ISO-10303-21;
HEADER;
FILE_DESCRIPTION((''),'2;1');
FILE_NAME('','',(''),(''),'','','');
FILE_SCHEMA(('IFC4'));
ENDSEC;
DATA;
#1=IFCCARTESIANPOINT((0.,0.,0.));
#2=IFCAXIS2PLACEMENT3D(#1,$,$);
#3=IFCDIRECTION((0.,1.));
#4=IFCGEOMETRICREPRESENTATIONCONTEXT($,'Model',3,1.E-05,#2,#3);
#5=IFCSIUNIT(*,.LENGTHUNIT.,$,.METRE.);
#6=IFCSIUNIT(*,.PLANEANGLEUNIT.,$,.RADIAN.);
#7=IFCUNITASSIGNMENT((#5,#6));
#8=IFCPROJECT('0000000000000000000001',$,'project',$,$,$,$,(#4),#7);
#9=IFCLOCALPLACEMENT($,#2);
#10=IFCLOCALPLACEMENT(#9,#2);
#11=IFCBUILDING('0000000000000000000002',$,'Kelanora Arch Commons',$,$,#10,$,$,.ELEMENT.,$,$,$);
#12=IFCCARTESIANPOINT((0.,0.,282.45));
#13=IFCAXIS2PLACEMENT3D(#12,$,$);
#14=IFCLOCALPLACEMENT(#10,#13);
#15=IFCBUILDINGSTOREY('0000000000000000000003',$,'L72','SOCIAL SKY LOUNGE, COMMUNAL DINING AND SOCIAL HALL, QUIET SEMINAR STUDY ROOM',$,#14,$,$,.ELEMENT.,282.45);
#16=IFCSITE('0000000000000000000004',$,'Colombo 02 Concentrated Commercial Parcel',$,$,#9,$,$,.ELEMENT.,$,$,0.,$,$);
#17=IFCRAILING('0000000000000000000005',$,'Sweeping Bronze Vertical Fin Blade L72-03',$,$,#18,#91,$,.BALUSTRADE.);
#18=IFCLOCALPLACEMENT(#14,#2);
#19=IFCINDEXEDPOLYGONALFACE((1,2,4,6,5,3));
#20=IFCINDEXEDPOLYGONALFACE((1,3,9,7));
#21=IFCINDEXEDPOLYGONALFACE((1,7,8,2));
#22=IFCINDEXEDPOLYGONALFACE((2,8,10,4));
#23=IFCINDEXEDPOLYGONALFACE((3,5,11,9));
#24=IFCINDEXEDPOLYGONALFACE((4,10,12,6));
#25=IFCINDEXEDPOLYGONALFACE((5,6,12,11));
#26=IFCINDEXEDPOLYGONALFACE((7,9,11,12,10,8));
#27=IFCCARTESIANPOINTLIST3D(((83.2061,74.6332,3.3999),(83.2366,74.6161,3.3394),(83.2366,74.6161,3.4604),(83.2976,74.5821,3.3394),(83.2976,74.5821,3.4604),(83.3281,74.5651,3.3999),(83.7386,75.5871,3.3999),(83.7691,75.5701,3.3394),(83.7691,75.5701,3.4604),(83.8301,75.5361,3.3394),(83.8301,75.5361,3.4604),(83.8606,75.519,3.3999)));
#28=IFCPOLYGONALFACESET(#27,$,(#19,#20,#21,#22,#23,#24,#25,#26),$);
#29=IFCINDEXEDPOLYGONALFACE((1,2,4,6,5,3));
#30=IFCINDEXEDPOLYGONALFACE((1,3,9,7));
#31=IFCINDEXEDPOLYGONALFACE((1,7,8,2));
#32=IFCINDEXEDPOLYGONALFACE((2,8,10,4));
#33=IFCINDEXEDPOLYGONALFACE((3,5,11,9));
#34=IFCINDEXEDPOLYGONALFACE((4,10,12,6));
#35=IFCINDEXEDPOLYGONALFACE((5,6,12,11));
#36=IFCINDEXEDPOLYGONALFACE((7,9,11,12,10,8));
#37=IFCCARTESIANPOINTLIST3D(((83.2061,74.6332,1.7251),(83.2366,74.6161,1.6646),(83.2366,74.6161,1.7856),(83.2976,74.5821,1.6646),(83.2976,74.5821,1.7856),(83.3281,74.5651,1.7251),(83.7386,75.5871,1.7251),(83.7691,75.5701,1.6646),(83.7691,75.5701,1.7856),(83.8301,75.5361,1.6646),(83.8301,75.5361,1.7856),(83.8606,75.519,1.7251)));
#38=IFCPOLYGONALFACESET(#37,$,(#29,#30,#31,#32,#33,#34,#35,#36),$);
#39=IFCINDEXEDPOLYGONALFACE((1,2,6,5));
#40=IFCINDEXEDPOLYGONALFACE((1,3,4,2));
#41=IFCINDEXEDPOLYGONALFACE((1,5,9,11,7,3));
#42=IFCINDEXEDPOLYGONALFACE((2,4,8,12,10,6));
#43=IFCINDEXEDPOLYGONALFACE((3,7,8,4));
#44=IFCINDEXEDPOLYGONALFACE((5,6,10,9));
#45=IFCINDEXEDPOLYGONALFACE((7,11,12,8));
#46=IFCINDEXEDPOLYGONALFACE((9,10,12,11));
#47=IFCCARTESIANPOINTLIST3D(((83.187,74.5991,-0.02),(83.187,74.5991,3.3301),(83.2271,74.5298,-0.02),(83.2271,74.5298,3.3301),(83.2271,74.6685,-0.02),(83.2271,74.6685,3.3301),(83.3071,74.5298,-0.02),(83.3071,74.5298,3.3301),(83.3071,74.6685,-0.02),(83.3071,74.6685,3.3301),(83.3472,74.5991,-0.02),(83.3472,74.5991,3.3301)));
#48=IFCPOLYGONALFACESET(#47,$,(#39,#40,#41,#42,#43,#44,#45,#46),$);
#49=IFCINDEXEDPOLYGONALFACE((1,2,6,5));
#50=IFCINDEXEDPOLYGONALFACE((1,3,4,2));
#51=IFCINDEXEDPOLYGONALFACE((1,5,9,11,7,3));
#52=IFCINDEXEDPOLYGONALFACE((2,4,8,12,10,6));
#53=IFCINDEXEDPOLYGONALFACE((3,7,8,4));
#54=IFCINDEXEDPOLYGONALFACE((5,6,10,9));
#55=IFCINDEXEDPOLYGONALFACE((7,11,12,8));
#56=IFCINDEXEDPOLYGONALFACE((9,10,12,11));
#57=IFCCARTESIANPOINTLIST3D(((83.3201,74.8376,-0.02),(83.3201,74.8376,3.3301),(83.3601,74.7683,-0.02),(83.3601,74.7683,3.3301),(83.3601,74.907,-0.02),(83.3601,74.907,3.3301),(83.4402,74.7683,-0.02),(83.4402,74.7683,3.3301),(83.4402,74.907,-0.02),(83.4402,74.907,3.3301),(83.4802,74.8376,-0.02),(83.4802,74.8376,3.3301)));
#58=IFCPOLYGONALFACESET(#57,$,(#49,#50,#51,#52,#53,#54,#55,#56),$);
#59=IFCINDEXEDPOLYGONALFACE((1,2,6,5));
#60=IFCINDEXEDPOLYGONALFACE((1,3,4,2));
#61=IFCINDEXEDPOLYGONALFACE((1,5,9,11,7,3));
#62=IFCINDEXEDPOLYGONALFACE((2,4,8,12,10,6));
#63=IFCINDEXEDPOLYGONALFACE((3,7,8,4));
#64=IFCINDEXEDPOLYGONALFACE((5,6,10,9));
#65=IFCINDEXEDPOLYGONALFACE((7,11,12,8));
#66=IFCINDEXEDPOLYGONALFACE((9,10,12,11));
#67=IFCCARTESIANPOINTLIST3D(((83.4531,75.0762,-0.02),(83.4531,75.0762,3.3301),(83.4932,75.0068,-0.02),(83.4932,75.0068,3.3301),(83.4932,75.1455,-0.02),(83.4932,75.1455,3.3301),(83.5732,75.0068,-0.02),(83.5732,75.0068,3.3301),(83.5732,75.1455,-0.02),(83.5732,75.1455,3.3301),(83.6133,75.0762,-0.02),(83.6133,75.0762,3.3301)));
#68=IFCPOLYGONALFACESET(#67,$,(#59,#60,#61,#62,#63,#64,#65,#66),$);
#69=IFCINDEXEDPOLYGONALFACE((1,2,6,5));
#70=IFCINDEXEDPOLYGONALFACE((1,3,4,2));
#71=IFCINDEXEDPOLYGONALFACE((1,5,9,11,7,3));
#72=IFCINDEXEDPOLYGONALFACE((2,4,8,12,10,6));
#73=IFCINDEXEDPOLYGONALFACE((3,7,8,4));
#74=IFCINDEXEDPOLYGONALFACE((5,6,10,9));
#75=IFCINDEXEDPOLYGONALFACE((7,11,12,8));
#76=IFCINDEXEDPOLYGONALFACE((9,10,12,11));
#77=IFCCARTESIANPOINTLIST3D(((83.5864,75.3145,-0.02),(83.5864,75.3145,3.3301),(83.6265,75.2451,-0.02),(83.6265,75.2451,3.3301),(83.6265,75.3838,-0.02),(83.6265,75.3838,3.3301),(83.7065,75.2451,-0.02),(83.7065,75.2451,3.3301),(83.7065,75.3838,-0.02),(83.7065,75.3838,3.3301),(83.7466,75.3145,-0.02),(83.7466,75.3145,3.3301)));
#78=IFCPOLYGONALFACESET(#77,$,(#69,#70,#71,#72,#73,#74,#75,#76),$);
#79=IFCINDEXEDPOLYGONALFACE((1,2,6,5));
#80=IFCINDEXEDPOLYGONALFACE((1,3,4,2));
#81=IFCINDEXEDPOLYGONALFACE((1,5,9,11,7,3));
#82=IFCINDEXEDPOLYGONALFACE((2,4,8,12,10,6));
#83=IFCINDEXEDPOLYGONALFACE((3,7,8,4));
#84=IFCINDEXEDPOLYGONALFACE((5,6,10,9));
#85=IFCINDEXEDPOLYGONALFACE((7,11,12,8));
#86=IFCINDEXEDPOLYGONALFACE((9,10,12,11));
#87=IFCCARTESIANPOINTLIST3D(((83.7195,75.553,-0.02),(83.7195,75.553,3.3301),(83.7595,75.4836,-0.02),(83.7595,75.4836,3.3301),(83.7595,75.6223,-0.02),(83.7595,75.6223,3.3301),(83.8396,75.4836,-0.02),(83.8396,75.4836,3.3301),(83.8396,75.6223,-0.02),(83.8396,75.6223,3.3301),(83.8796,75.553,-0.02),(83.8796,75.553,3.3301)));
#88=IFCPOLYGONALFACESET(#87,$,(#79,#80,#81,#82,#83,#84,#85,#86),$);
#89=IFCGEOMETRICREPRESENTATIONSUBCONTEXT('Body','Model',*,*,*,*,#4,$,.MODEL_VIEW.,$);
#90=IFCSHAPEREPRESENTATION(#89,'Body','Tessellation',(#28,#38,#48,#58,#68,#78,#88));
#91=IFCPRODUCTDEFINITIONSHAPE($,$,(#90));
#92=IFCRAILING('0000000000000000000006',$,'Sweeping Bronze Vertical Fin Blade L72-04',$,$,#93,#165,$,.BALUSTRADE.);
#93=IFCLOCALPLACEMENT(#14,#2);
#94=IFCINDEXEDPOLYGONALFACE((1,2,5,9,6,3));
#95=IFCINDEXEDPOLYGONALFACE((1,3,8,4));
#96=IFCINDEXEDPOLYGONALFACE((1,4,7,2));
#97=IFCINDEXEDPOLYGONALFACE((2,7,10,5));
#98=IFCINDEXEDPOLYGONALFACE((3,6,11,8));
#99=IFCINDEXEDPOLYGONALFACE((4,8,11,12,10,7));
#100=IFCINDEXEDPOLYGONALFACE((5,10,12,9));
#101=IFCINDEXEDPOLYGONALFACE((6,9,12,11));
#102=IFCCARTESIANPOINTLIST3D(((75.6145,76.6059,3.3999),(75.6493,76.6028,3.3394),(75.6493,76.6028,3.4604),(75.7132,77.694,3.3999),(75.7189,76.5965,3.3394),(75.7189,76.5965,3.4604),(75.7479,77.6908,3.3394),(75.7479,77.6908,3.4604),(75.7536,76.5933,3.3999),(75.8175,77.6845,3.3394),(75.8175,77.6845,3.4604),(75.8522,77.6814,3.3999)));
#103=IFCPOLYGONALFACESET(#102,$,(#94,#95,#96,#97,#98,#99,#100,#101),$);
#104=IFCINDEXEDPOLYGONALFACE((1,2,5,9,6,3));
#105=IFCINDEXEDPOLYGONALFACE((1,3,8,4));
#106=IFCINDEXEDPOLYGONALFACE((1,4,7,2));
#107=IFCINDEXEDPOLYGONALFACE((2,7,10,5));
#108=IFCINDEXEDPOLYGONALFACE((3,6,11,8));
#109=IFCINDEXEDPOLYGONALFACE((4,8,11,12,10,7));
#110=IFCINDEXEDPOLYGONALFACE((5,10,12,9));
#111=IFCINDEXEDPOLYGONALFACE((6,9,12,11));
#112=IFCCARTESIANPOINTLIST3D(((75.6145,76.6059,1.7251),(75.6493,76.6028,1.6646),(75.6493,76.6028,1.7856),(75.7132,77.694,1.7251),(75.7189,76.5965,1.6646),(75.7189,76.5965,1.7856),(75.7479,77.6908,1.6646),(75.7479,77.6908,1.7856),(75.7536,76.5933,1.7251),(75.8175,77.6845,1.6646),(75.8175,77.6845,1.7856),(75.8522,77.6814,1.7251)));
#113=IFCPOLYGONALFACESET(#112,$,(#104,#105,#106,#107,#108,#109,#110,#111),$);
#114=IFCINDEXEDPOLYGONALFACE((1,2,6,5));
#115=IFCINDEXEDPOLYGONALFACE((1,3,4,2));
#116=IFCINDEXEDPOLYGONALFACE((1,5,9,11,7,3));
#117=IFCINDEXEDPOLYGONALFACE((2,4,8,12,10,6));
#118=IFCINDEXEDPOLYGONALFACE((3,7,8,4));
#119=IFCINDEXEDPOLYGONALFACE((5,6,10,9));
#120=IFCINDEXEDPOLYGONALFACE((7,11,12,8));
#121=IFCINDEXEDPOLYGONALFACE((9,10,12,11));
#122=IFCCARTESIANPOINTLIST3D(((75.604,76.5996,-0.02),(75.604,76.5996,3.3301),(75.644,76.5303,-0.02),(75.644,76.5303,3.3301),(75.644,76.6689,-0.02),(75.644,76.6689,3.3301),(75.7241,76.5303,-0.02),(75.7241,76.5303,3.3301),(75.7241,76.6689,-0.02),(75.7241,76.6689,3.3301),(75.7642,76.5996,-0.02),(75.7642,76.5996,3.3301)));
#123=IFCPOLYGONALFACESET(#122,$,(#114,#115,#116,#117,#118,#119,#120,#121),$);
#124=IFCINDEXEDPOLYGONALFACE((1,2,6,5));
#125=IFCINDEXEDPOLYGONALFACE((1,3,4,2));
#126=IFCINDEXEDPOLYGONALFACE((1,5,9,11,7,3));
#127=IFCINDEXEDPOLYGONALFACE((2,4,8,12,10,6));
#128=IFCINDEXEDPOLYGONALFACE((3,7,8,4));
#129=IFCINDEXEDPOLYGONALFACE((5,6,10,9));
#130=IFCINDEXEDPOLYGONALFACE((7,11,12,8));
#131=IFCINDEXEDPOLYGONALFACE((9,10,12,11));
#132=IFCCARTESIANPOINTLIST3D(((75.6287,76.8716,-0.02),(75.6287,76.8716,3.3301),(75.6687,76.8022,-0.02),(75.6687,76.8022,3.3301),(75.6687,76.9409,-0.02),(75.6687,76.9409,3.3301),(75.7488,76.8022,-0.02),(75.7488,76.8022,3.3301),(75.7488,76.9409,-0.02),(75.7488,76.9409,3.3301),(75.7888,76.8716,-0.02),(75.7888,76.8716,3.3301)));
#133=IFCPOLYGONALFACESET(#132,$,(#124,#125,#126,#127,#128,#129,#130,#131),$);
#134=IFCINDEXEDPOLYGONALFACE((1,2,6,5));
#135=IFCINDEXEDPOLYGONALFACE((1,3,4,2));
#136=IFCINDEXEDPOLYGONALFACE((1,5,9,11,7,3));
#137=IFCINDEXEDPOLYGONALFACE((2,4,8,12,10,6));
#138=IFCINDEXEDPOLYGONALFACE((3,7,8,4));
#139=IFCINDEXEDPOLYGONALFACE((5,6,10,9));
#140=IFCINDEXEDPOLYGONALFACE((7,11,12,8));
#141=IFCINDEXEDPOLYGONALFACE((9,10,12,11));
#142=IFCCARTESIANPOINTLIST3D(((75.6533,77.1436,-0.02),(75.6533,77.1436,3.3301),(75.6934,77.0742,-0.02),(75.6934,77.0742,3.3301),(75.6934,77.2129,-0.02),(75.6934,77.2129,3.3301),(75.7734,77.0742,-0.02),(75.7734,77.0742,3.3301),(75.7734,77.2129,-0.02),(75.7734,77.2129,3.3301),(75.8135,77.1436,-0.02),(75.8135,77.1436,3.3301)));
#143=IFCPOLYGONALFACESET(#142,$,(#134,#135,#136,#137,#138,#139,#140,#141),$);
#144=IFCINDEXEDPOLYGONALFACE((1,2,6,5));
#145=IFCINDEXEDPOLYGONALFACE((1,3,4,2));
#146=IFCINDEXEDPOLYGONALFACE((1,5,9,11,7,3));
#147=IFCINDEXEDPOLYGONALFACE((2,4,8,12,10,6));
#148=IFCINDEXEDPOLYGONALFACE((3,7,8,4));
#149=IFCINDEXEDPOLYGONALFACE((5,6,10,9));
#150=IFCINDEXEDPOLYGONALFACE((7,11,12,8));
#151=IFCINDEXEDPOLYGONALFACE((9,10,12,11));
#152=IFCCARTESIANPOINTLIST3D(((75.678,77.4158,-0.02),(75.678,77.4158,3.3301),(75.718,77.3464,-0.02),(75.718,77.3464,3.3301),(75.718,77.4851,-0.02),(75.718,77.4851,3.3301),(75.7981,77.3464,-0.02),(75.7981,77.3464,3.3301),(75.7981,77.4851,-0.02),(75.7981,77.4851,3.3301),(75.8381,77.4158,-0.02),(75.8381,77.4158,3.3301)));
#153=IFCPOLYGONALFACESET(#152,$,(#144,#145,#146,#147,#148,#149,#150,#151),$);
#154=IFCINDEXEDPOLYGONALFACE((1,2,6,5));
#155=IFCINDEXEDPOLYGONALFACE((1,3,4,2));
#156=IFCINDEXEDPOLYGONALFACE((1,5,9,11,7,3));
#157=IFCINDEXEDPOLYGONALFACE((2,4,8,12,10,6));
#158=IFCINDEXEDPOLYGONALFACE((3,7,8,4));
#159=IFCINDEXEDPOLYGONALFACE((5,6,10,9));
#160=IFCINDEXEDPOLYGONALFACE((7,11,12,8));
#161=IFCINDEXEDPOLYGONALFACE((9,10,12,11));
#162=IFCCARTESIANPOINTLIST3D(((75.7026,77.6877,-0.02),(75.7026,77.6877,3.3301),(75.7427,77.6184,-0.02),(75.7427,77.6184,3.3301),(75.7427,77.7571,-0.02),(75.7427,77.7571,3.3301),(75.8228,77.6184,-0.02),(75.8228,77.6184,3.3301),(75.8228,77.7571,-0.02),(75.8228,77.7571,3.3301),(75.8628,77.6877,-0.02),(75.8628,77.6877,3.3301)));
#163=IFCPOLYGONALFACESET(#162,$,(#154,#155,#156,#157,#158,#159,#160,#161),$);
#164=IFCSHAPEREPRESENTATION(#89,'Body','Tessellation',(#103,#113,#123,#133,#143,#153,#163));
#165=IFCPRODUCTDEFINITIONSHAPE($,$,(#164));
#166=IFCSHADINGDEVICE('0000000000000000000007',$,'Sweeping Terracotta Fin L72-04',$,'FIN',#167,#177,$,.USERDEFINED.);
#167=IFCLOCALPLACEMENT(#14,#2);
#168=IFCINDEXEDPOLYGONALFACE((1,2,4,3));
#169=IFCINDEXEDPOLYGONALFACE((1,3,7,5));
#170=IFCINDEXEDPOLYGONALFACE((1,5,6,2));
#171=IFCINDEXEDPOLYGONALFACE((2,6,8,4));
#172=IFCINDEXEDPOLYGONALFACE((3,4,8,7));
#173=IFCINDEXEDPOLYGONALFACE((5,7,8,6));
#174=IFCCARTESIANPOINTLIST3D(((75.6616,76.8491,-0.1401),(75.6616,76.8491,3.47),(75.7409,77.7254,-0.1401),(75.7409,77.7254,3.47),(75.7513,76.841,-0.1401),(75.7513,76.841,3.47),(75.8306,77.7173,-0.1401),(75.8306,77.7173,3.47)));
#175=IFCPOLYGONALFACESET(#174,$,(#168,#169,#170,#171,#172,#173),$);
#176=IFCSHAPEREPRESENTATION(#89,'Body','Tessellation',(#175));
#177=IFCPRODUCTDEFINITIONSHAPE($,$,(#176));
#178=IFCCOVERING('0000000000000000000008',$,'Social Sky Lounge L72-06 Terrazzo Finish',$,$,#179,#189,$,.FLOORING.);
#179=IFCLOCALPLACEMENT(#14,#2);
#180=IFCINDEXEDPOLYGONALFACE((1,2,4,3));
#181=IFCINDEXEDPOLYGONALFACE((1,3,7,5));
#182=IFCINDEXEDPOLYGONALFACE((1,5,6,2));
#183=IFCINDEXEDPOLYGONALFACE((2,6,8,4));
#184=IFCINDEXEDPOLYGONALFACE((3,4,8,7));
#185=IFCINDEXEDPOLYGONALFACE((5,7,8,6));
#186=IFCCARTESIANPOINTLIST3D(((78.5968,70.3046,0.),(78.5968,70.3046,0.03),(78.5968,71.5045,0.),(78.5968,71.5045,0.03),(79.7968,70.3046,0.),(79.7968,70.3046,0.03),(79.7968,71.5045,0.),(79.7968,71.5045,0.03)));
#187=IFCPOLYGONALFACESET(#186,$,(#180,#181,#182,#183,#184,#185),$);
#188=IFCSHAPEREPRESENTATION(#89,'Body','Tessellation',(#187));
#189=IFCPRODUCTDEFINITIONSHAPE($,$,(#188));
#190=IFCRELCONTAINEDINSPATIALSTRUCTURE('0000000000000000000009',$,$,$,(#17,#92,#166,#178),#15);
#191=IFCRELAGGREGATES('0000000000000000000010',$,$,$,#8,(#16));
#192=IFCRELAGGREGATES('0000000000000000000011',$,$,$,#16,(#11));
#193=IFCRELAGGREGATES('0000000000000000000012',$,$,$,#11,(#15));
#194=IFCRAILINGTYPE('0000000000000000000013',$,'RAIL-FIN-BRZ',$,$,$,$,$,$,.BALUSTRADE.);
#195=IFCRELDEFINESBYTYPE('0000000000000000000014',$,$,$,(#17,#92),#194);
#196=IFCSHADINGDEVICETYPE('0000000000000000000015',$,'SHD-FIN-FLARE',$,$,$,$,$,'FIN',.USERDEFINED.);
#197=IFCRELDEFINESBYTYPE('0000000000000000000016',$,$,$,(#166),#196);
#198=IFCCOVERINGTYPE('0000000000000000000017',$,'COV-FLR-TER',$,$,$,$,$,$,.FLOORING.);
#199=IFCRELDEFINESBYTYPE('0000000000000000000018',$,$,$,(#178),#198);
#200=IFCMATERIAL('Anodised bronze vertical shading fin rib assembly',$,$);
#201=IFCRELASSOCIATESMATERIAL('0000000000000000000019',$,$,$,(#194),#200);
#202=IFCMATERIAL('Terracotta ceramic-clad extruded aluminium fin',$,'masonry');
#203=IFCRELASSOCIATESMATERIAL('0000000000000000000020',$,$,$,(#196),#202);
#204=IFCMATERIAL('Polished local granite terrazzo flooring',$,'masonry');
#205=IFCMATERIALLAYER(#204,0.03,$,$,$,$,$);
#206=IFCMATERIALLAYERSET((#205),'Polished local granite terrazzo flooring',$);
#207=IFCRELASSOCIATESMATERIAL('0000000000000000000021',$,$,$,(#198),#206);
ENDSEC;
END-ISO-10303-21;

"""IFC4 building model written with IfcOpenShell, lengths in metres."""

from ifc_helpers import new_model, si_unit, direction, frame, origin, origin_2d, place, context, subcontext, project, spatial, polyline, rectangle, outline, extrude, source, transform, mapped, material, layer, layer_set, type_object, element, save


model = new_model("IFC4")

# Units and contexts
model_context = context("Model", 3, precision=1e-05, world=origin(), true_north=direction((0.0, 1.0)))
body_context = subcontext(model_context, "Body", "Model", "MODEL_VIEW")
ifc_project = project(units=[si_unit("LENGTHUNIT", "METRE"), si_unit("PLANEANGLEUNIT", "RADIAN")], contexts=[model_context])

# Site, building, storey
site_placement = place(None, origin())
site = spatial("IfcSite", under=ifc_project, at=site_placement, Name="Colombo 02 Concentrated Commercial Parcel", CompositionType="ELEMENT", RefElevation=0.0)
building_placement = place(site_placement, origin())
building = spatial("IfcBuilding", under=site, at=building_placement, Name="Kelanora Arch Commons", CompositionType="ELEMENT")
storey_placement = place(building_placement, frame((0.0, 0.0, 282.45)))
storey = spatial("IfcBuildingStorey", under=building, at=storey_placement, Name="L72", Description="SOCIAL SKY LOUNGE, COMMUNAL DINING AND SOCIAL HALL, QUIET SEMINAR STUDY ROOM", CompositionType="ELEMENT", Elevation=282.45)

# Railings
ifc_material_1 = material(Name="Anodised bronze vertical shading fin rib assembly")
railing_type = type_object("IfcRailingType", Name="RAIL-FIN-BRZ", PredefinedType="BALUSTRADE", material=ifc_material_1)
railing_1_placement = place(storey_placement, frame((83.2671, 74.5991, -0.02)))
element("IfcRailing", 1, at=railing_1_placement, inside=storey, type_object=railing_type, Name="Sweeping Bronze Vertical Fin Blade L72-03", PredefinedType="BALUSTRADE", context=body_context, shape_type="SweptSolid", body=[
    extrude(outline(polyline([(0.0698, 0.0), (0.0349, 0.0605), (-0.0349, 0.0605), (-0.0698, 0.0), (-0.0349, -0.0605), (0.0349, -0.0605), (0.0698, 0.0)])), frame((0.0, 0.0, 3.4199), z_axis=(0.487426, 0.873165, 0.0), x_axis=(-0.873165, 0.487426, 0.0)), (0.0, 0.0, 1.0), 1.0925),
    extrude(outline(polyline([(0.0698, 0.0), (0.0349, 0.0605), (-0.0349, 0.0605), (-0.0698, 0.0), (-0.0349, -0.0605), (0.0349, -0.0605), (0.0698, 0.0)])), frame((0.0, 0.0, 1.7451), z_axis=(0.487426, 0.873165, 0.0), x_axis=(-0.873165, 0.487426, 0.0)), (0.0, 0.0, 1.0), 1.0925),
    extrude(outline(polyline([(0.0801, 0.0), (0.04, 0.0693), (-0.04, 0.0693), (-0.0801, 0.0), (-0.04, -0.0693), (0.04, -0.0693), (0.0801, 0.0)])), origin(), (0.0, 0.0, 1.0), 3.3501),
    extrude(outline(polyline([(0.0801, 0.0), (0.04, 0.0693), (-0.04, 0.0693), (-0.0801, 0.0), (-0.04, -0.0693), (0.04, -0.0693), (0.0801, 0.0)])), frame((0.1331, 0.2385, 0.0)), (0.0, 0.0, 1.0), 3.3501),
    extrude(outline(polyline([(0.0801, 0.0), (0.04, 0.0693), (-0.04, 0.0693), (-0.0801, 0.0), (-0.04, -0.0693), (0.04, -0.0693), (0.0801, 0.0)])), frame((0.2661, 0.4771, 0.0)), (0.0, 0.0, 1.0), 3.3501),
    extrude(outline(polyline([(0.0801, 0.0), (0.04, 0.0693), (-0.04, 0.0693), (-0.0801, 0.0), (-0.04, -0.0693), (0.04, -0.0693), (0.0801, 0.0)])), frame((0.3994, 0.7153, 0.0)), (0.0, 0.0, 1.0), 3.3501),
    extrude(outline(polyline([(0.0801, 0.0), (0.04, 0.0693), (-0.04, 0.0693), (-0.0801, 0.0), (-0.04, -0.0693), (0.04, -0.0693), (0.0801, 0.0)])), frame((0.5325, 0.9539, 0.0)), (0.0, 0.0, 1.0), 3.3501),
])
railing_2_placement = place(storey_placement, frame((75.6841, 76.5996, -0.02)))
element("IfcRailing", 2, at=railing_2_placement, inside=storey, type_object=railing_type, Name="Sweeping Bronze Vertical Fin Blade L72-04", PredefinedType="BALUSTRADE", context=body_context, shape_type="SweptSolid", body=[
    extrude(outline(polyline([(0.0698, 0.0), (0.0349, 0.0605), (-0.0349, 0.0605), (-0.0698, 0.0), (-0.0349, -0.0605), (0.0349, -0.0605), (0.0698, 0.0)])), frame((0.0, 0.0, 3.4199), z_axis=(0.090274, 0.995917, 0.0), x_axis=(-0.995917, 0.090274, 0.0)), (0.0, 0.0, 1.0), 1.0925),
    extrude(outline(polyline([(0.0698, 0.0), (0.0349, 0.0605), (-0.0349, 0.0605), (-0.0698, 0.0), (-0.0349, -0.0605), (0.0349, -0.0605), (0.0698, 0.0)])), frame((0.0, 0.0, 1.7451), z_axis=(0.090274, 0.995917, 0.0), x_axis=(-0.995917, 0.090274, 0.0)), (0.0, 0.0, 1.0), 1.0925),
    extrude(outline(polyline([(0.0801, 0.0), (0.04, 0.0693), (-0.04, 0.0693), (-0.0801, 0.0), (-0.04, -0.0693), (0.04, -0.0693), (0.0801, 0.0)])), origin(), (0.0, 0.0, 1.0), 3.3501),
    extrude(outline(polyline([(0.0801, 0.0), (0.04, 0.0693), (-0.04, 0.0693), (-0.0801, 0.0), (-0.04, -0.0693), (0.04, -0.0693), (0.0801, 0.0)])), frame((0.0247, 0.272, 0.0)), (0.0, 0.0, 1.0), 3.3501),
    extrude(outline(polyline([(0.0801, 0.0), (0.04, 0.0693), (-0.04, 0.0693), (-0.0801, 0.0), (-0.04, -0.0693), (0.04, -0.0693), (0.0801, 0.0)])), frame((0.0493, 0.5439, 0.0)), (0.0, 0.0, 1.0), 3.3501),
    extrude(outline(polyline([(0.0801, 0.0), (0.04, 0.0693), (-0.04, 0.0693), (-0.0801, 0.0), (-0.04, -0.0693), (0.04, -0.0693), (0.0801, 0.0)])), frame((0.074, 0.8162, 0.0)), (0.0, 0.0, 1.0), 3.3501),
    extrude(outline(polyline([(0.0801, 0.0), (0.04, 0.0693), (-0.04, 0.0693), (-0.0801, 0.0), (-0.04, -0.0693), (0.04, -0.0693), (0.0801, 0.0)])), frame((0.0986, 1.0881, 0.0)), (0.0, 0.0, 1.0), 3.3501),
])

# Shading device
ifc_material_2 = material(Name="Terracotta ceramic-clad extruded aluminium fin", Category="masonry")
shading_device_type = type_object("IfcShadingDeviceType", Name="SHD-FIN-FLARE", ElementType="FIN", PredefinedType="USERDEFINED", material=ifc_material_2)
shared_shape_1 = source(origin(), body_context, "Body", "SweptSolid", [
    extrude(rectangle(XDim=0.8799, YDim=0.0901, at=origin_2d()), origin(), (0.0, 0.0, 1.0), 3.6101),
])
shading_device_placement = place(storey_placement, frame((75.7461, 77.2832, -0.1401), z_axis=(0.0, 0.0, 1.0), x_axis=(0.090111, 0.995932, 0.0)))
element("IfcShadingDevice", 3, at=shading_device_placement, inside=storey, type_object=shading_device_type, Name="Sweeping Terracotta Fin L72-04", ObjectType="FIN", PredefinedType="USERDEFINED", context=body_context, shape_type="MappedRepresentation", body=[
    mapped(shared_shape_1, transform((0.0, 0.0, 0.0), scale=1.0)),
])

# Covering
ifc_material_3 = material(Name="Polished local granite terrazzo flooring", Category="masonry")
ifc_layer_1 = layer(ifc_material_3, 0.03)
ifc_layer_set_1 = layer_set([ifc_layer_1], Name="Polished local granite terrazzo flooring")
covering_type = type_object("IfcCoveringType", Name="COV-FLR-TER", PredefinedType="FLOORING", material=ifc_layer_set_1)
shared_shape_2 = source(origin(), body_context, "Body", "SweptSolid", [
    extrude(rectangle(XDim=1.2, YDim=1.2, at=origin_2d()), origin(), (0.0, 0.0, 1.0), 0.03),
])
covering_placement = place(storey_placement, frame((79.1968, 70.9045, 0.0), z_axis=(0.0, 0.0, 1.0), x_axis=(1.0, 0.0, 0.0)))
element("IfcCovering", 4, at=covering_placement, inside=storey, type_object=covering_type, Name="Social Sky Lounge L72-06 Terrazzo Finish", PredefinedType="FLOORING", context=body_context, shape_type="MappedRepresentation", body=[
    mapped(shared_shape_2, transform((0.0, 0.0, 0.0), scale=1.0)),
])

save(model, "model.ifc")
